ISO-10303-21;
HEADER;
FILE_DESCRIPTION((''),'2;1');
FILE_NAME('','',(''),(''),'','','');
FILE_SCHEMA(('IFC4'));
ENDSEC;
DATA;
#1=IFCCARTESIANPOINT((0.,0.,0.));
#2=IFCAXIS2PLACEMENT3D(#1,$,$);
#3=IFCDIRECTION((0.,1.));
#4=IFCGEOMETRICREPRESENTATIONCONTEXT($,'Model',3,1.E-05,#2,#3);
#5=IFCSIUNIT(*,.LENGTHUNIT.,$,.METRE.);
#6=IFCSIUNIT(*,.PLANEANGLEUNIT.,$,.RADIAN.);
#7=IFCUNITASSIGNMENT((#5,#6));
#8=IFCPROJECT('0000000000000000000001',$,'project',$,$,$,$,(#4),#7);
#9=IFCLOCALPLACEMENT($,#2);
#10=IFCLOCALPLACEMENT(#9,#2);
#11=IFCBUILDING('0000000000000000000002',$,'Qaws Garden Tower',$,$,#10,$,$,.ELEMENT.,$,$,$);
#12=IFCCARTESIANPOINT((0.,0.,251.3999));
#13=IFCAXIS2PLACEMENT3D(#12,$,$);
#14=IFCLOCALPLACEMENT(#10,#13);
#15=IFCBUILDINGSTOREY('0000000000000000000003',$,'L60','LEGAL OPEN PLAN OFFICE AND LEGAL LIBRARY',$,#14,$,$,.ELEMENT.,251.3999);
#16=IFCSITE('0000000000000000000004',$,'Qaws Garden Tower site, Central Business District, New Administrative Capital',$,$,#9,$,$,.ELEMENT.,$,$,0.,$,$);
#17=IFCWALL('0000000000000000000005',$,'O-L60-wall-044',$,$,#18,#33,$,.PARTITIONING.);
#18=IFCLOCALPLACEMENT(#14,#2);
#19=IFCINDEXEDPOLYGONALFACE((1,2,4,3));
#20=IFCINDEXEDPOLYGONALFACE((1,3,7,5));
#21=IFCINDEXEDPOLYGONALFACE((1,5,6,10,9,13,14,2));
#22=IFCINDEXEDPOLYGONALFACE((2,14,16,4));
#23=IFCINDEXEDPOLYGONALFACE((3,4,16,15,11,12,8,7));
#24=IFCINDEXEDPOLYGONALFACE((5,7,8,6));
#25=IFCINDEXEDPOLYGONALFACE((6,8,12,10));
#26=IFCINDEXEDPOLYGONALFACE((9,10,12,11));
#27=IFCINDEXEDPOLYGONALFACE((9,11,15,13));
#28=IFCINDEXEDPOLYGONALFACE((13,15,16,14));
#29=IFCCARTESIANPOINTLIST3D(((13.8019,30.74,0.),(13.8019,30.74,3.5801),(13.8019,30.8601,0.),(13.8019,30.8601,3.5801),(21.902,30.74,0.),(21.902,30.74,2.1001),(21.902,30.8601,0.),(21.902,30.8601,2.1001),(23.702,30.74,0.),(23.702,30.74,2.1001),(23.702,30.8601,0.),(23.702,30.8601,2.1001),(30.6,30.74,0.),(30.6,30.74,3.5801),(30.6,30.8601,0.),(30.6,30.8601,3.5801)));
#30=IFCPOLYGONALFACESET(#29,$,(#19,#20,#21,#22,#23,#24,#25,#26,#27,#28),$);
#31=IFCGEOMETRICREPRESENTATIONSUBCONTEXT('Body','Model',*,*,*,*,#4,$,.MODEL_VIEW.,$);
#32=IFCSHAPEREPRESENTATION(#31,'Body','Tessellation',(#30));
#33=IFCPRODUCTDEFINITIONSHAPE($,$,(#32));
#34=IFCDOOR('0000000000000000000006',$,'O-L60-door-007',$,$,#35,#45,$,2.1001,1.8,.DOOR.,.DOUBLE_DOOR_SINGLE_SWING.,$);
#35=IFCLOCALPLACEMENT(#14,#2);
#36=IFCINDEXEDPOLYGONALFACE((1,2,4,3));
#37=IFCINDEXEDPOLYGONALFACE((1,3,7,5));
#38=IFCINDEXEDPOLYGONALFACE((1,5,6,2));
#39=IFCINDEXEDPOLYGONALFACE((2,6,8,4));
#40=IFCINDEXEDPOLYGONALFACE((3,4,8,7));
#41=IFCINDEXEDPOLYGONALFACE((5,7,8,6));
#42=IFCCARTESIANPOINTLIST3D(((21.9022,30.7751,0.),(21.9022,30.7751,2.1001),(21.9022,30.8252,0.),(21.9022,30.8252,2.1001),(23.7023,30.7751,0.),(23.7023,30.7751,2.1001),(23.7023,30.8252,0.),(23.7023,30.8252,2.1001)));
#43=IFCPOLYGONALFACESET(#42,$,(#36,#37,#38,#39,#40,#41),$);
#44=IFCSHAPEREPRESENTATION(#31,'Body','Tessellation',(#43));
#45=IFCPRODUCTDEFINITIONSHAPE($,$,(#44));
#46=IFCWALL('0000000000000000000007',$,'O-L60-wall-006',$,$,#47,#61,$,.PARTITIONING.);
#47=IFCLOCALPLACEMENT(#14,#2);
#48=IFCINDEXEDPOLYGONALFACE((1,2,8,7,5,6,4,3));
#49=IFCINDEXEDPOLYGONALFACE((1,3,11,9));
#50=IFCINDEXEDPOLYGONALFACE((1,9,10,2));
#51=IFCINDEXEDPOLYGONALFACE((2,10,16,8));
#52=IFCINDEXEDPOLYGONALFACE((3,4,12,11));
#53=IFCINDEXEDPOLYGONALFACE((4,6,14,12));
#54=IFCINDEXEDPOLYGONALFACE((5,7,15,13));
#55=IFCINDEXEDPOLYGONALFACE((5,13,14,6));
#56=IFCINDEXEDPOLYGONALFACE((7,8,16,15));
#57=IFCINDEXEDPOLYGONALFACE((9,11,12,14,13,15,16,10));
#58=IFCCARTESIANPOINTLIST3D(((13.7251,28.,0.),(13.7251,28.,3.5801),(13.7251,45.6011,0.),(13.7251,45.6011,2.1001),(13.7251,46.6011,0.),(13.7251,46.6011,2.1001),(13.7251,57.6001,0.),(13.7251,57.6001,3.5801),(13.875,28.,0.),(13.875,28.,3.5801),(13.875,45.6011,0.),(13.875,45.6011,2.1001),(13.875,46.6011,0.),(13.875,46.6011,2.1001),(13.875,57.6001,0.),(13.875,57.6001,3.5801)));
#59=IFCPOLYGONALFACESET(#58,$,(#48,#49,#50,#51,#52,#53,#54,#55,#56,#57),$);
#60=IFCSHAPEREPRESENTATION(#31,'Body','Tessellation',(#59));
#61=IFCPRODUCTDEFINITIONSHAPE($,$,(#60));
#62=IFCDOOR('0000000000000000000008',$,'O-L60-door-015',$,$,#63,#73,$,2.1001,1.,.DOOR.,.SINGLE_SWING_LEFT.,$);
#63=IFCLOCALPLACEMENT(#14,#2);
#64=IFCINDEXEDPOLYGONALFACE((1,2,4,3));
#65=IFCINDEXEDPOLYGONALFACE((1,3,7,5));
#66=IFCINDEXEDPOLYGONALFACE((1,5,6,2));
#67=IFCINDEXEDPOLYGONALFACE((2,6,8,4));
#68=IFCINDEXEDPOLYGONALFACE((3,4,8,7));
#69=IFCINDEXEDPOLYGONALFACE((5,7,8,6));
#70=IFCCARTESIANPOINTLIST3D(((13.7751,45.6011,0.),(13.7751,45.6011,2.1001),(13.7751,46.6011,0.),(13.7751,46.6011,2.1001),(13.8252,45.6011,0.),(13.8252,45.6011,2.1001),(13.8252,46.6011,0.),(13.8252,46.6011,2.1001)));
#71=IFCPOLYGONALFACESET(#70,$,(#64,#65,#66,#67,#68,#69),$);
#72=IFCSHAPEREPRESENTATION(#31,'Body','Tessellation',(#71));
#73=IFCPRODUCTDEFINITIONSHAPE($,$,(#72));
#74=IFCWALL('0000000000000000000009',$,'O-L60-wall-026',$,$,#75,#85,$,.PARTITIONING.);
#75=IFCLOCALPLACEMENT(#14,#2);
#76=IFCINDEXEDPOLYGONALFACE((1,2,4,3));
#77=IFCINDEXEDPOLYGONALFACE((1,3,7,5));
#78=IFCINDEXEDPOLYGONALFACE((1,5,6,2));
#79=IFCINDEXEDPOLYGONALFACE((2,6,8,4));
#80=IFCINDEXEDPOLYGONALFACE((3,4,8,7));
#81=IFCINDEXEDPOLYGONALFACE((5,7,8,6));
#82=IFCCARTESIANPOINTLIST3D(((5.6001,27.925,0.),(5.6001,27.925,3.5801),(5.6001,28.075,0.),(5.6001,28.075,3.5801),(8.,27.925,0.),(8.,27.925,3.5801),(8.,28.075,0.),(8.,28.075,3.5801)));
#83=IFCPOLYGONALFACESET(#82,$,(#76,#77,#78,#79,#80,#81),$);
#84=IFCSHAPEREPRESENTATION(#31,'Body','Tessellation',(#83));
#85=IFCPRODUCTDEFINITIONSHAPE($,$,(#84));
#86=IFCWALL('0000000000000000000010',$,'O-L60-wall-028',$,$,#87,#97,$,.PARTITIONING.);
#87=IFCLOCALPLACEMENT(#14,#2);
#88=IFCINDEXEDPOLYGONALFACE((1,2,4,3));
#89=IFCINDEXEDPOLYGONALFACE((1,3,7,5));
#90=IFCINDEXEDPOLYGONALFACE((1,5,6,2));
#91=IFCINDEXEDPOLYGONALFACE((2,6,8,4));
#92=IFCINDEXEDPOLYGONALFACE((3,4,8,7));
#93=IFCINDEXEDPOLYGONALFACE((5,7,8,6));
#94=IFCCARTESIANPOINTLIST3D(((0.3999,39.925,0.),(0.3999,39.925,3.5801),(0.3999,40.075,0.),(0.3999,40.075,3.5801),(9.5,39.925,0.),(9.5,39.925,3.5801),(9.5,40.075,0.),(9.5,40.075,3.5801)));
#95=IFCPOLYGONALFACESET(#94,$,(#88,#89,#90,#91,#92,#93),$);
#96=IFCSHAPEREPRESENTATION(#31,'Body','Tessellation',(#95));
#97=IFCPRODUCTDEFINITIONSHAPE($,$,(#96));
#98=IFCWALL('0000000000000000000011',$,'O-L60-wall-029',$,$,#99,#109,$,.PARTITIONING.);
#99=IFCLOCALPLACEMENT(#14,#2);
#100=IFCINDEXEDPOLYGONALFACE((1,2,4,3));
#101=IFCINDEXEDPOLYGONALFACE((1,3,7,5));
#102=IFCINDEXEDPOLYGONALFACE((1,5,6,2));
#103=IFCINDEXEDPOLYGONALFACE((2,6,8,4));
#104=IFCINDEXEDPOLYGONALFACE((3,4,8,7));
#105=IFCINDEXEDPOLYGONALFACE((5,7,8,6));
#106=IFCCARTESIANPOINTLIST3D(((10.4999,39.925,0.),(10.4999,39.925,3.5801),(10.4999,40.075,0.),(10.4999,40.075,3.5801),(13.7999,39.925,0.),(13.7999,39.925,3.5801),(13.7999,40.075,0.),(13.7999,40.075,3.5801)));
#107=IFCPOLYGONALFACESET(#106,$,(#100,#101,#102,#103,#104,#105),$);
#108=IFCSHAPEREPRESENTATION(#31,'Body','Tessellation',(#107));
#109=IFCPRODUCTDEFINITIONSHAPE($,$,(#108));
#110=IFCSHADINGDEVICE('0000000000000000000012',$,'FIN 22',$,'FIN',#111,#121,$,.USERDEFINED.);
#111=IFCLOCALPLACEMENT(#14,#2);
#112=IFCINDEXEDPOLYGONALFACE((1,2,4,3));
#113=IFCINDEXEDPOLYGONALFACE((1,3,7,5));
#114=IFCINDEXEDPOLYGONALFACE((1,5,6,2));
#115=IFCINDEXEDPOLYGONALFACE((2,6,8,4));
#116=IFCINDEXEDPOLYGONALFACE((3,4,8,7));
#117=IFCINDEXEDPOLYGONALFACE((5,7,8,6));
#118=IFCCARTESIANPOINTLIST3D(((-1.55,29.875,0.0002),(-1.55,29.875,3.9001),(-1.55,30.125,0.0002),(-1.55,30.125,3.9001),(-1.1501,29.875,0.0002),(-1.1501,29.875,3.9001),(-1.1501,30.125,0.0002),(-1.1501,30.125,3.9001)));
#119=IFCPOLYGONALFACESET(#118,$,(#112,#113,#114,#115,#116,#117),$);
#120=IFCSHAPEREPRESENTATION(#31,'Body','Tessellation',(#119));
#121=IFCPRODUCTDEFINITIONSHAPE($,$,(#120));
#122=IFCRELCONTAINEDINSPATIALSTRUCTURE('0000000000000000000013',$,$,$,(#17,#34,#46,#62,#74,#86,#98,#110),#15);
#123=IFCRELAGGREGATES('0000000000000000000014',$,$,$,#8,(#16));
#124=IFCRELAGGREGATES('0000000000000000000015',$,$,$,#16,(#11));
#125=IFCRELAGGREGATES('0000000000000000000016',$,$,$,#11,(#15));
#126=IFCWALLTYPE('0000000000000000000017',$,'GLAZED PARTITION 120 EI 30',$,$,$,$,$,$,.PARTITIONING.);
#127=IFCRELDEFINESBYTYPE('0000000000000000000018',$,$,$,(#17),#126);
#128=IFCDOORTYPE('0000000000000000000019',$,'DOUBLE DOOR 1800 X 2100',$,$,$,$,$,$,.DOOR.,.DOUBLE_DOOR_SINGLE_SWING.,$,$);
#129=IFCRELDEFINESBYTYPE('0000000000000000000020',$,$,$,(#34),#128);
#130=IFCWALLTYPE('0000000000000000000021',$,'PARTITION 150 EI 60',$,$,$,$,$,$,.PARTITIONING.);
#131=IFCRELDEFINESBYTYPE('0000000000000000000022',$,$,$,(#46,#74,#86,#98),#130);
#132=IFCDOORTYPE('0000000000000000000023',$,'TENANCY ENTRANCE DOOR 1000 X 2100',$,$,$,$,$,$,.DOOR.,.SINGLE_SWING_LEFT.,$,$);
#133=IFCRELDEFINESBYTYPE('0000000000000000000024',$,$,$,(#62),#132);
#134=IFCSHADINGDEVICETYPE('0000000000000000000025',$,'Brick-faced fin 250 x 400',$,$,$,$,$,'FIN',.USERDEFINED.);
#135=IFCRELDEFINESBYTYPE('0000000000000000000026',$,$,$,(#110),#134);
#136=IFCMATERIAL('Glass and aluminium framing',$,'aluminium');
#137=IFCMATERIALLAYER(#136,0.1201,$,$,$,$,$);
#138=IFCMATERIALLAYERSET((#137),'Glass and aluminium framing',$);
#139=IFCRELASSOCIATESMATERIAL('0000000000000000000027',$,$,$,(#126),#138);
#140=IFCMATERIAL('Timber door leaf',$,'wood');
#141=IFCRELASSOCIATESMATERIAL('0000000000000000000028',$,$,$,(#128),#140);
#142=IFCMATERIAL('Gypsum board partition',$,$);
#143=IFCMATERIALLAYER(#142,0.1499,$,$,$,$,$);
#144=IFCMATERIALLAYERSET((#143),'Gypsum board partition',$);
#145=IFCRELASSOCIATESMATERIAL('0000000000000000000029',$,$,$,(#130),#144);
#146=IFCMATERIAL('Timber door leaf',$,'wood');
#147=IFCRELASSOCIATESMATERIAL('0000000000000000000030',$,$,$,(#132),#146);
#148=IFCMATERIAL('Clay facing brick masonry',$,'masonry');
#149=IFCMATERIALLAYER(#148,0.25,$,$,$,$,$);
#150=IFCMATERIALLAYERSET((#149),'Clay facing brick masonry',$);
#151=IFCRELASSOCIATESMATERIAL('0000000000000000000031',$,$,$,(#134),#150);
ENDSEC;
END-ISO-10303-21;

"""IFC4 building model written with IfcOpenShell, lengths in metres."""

from ifc_helpers import new_model, si_unit, direction, frame, frame_2d, origin, origin_2d, place, context, subcontext, project, spatial, rectangle, extrude, material, layer, layer_set, type_object, element, fill, save


model = new_model("IFC4")

# Units and contexts
model_context = context("Model", 3, precision=1e-05, world=origin(), true_north=direction((0.0, 1.0)))
body_context = subcontext(model_context, "Body", "Model", "MODEL_VIEW")
ifc_project = project(units=[si_unit("LENGTHUNIT", "METRE"), si_unit("PLANEANGLEUNIT", "RADIAN")], contexts=[model_context])

# Site, building, storey
site_placement = place(None, origin())
site = spatial("IfcSite", under=ifc_project, at=site_placement, Name="Qaws Garden Tower site, Central Business District, New Administrative Capital", CompositionType="ELEMENT", RefElevation=0.0)
building_placement = place(site_placement, origin())
building = spatial("IfcBuilding", under=site, at=building_placement, Name="Qaws Garden Tower", CompositionType="ELEMENT")
storey_placement = place(building_placement, frame((0.0, 0.0, 251.3999)))
storey = spatial("IfcBuildingStorey", under=building, at=storey_placement, Name="L60", Description="LEGAL OPEN PLAN OFFICE AND LEGAL LIBRARY", CompositionType="ELEMENT", Elevation=251.3999)

# Walls, openings, doors
ifc_material_1 = material(Name="Glass and aluminium framing", Category="aluminium")
ifc_layer_1 = layer(ifc_material_1, 0.1201)
ifc_layer_set_1 = layer_set([ifc_layer_1], Name="Glass and aluminium framing")
wall_type_1 = type_object("IfcWallType", Name="GLAZED PARTITION 120 EI 30", PredefinedType="PARTITIONING", material=ifc_layer_set_1)
ifc_material_2 = material(Name="Timber door leaf", Category="wood")
door_type_1 = type_object("IfcDoorType", Name="DOUBLE DOOR 1800 X 2100", OperationType="DOUBLE_DOOR_SINGLE_SWING", PredefinedType="DOOR", material=ifc_material_2)
wall_1_placement = place(storey_placement, frame((13.802, 30.8, 0.0), z_axis=(0.0, 0.0, 1.0), x_axis=(1.0, 0.0, 0.0)))
wall_1 = element("IfcWall", 1, at=wall_1_placement, inside=storey, type_object=wall_type_1, Name="O-L60-wall-044", PredefinedType="PARTITIONING", context=body_context, shape_type="SweptSolid", body=[
    extrude(rectangle(XDim=16.7981, YDim=0.1201, at=frame_2d((8.3989, 0.0))), origin(), (0.0, 0.0, 1.0), 3.5801),
])
opening_1_placement = place(wall_1_placement, frame((8.1001, 0.0, 0.0)))
opening_1 = element("IfcOpeningElement", 2, at=opening_1_placement, cuts=wall_1, PredefinedType="OPENING", context=body_context, shape_type="SweptSolid", body=[
    extrude(rectangle(XDim=1.8, YDim=2.1001, at=frame_2d((0.8999, 1.05))), frame((0.0, 0.0701, 0.0), z_axis=(0.0, -1.0, 0.0), x_axis=(1.0, 0.0, 0.0)), (0.0, 0.0, 1.0), 0.1401),
])
door_1_placement = place(opening_1_placement, frame((1.8, 0.0, 0.0), z_axis=(0.0, 0.0, 1.0), x_axis=(-1.0, 0.0, 0.0)))
door_1 = element("IfcDoor", 3, at=door_1_placement, inside=storey, type_object=door_type_1, Name="O-L60-door-007", OperationType="DOUBLE_DOOR_SINGLE_SWING", OverallHeight=2.1001, OverallWidth=1.8, PredefinedType="DOOR", context=body_context, shape_type="SweptSolid", body=[
    extrude(rectangle(XDim=1.8, YDim=2.1001, at=frame_2d((0.8999, 1.05))), frame((0.0, 0.0249, 0.0), z_axis=(0.0, -1.0, 0.0), x_axis=(1.0, 0.0, 0.0)), (0.0, 0.0, 1.0), 0.05),
])
fill(opening_1, door_1)
ifc_material_3 = material(Name="Gypsum board partition")
ifc_layer_2 = layer(ifc_material_3, 0.1499)
ifc_layer_set_2 = layer_set([ifc_layer_2], Name="Gypsum board partition")
wall_type_2 = type_object("IfcWallType", Name="PARTITION 150 EI 60", PredefinedType="PARTITIONING", material=ifc_layer_set_2)
wall_2_placement = place(storey_placement, frame((13.8, 28.0, 0.0), z_axis=(0.0, 0.0, 1.0), x_axis=(0.0, 1.0, 0.0)))
wall_2 = element("IfcWall", 4, at=wall_2_placement, inside=storey, type_object=wall_type_2, Name="O-L60-wall-006", PredefinedType="PARTITIONING", context=body_context, shape_type="SweptSolid", body=[
    extrude(rectangle(XDim=29.6001, YDim=0.1499, at=frame_2d((14.8, 0.0))), origin(), (0.0, 0.0, 1.0), 3.5801),
])
opening_2_placement = place(wall_2_placement, frame((17.6011, 0.0, 0.0)))
opening_2 = element("IfcOpeningElement", 5, at=opening_2_placement, cuts=wall_2, PredefinedType="OPENING", context=body_context, shape_type="SweptSolid", body=[
    extrude(rectangle(XDim=1.0, YDim=2.1001, at=frame_2d((0.5, 1.05))), frame((0.0, 0.085, 0.0), z_axis=(0.0, -1.0, 0.0), x_axis=(1.0, 0.0, 0.0)), (0.0, 0.0, 1.0), 0.1699),
])
ifc_material_4 = material(Name="Timber door leaf", Category="wood")
door_type_2 = type_object("IfcDoorType", Name="TENANCY ENTRANCE DOOR 1000 X 2100", OperationType="SINGLE_SWING_LEFT", PredefinedType="DOOR", material=ifc_material_4)
door_2_placement = place(opening_2_placement, origin())
door_2 = element("IfcDoor", 6, at=door_2_placement, inside=storey, type_object=door_type_2, Name="O-L60-door-015", OperationType="SINGLE_SWING_LEFT", OverallHeight=2.1001, OverallWidth=1.0, PredefinedType="DOOR", context=body_context, shape_type="SweptSolid", body=[
    extrude(rectangle(XDim=1.0, YDim=2.1001, at=frame_2d((0.5, 1.05))), frame((0.0, 0.0249, 0.0), z_axis=(0.0, -1.0, 0.0), x_axis=(1.0, 0.0, 0.0)), (0.0, 0.0, 1.0), 0.05),
])
fill(opening_2, door_2)

# Walls
wall_3_placement = place(storey_placement, frame((5.6001, 28.0, 0.0), z_axis=(0.0, 0.0, 1.0), x_axis=(1.0, 0.0, 0.0)))
element("IfcWall", 7, at=wall_3_placement, inside=storey, type_object=wall_type_2, Name="O-L60-wall-026", PredefinedType="PARTITIONING", context=body_context, shape_type="SweptSolid", body=[
    extrude(rectangle(XDim=2.3999, YDim=0.1499, at=frame_2d((1.2, 0.0))), origin(), (0.0, 0.0, 1.0), 3.5801),
])
wall_4_placement = place(storey_placement, frame((0.3999, 40.0, 0.0), z_axis=(0.0, 0.0, 1.0), x_axis=(1.0, 0.0, 0.0)))
element("IfcWall", 8, at=wall_4_placement, inside=storey, type_object=wall_type_2, Name="O-L60-wall-028", PredefinedType="PARTITIONING", context=body_context, shape_type="SweptSolid", body=[
    extrude(rectangle(XDim=9.1001, YDim=0.1499, at=frame_2d((4.55, 0.0))), origin(), (0.0, 0.0, 1.0), 3.5801),
])
wall_5_placement = place(storey_placement, frame((10.5, 40.0, 0.0), z_axis=(0.0, 0.0, 1.0), x_axis=(1.0, 0.0, 0.0)))
element("IfcWall", 9, at=wall_5_placement, inside=storey, type_object=wall_type_2, Name="O-L60-wall-029", PredefinedType="PARTITIONING", context=body_context, shape_type="SweptSolid", body=[
    extrude(rectangle(XDim=3.3, YDim=0.1499, at=frame_2d((1.6499, 0.0))), origin(), (0.0, 0.0, 1.0), 3.5801),
])

# Shading device
ifc_material_5 = material(Name="Clay facing brick masonry", Category="masonry")
ifc_layer_3 = layer(ifc_material_5, 0.25)
ifc_layer_set_3 = layer_set([ifc_layer_3], Name="Clay facing brick masonry")
shading_device_type = type_object("IfcShadingDeviceType", Name="Brick-faced fin 250 x 400", ElementType="FIN", PredefinedType="USERDEFINED", material=ifc_layer_set_3)
shading_device_placement = place(storey_placement, frame((-1.3501, 30.0, 0.0002), z_axis=(0.0, 0.0, 1.0), x_axis=(0.0, -1.0, 0.0)))
element("IfcShadingDevice", 10, at=shading_device_placement, inside=storey, type_object=shading_device_type, Name="FIN 22", ObjectType="FIN", PredefinedType="USERDEFINED", context=body_context, shape_type="SweptSolid", body=[
    extrude(rectangle(XDim=0.25, YDim=0.3999, at=origin_2d()), origin(), (0.0, 0.0, 1.0), 3.8999),
])

save(model, "model.ifc")
